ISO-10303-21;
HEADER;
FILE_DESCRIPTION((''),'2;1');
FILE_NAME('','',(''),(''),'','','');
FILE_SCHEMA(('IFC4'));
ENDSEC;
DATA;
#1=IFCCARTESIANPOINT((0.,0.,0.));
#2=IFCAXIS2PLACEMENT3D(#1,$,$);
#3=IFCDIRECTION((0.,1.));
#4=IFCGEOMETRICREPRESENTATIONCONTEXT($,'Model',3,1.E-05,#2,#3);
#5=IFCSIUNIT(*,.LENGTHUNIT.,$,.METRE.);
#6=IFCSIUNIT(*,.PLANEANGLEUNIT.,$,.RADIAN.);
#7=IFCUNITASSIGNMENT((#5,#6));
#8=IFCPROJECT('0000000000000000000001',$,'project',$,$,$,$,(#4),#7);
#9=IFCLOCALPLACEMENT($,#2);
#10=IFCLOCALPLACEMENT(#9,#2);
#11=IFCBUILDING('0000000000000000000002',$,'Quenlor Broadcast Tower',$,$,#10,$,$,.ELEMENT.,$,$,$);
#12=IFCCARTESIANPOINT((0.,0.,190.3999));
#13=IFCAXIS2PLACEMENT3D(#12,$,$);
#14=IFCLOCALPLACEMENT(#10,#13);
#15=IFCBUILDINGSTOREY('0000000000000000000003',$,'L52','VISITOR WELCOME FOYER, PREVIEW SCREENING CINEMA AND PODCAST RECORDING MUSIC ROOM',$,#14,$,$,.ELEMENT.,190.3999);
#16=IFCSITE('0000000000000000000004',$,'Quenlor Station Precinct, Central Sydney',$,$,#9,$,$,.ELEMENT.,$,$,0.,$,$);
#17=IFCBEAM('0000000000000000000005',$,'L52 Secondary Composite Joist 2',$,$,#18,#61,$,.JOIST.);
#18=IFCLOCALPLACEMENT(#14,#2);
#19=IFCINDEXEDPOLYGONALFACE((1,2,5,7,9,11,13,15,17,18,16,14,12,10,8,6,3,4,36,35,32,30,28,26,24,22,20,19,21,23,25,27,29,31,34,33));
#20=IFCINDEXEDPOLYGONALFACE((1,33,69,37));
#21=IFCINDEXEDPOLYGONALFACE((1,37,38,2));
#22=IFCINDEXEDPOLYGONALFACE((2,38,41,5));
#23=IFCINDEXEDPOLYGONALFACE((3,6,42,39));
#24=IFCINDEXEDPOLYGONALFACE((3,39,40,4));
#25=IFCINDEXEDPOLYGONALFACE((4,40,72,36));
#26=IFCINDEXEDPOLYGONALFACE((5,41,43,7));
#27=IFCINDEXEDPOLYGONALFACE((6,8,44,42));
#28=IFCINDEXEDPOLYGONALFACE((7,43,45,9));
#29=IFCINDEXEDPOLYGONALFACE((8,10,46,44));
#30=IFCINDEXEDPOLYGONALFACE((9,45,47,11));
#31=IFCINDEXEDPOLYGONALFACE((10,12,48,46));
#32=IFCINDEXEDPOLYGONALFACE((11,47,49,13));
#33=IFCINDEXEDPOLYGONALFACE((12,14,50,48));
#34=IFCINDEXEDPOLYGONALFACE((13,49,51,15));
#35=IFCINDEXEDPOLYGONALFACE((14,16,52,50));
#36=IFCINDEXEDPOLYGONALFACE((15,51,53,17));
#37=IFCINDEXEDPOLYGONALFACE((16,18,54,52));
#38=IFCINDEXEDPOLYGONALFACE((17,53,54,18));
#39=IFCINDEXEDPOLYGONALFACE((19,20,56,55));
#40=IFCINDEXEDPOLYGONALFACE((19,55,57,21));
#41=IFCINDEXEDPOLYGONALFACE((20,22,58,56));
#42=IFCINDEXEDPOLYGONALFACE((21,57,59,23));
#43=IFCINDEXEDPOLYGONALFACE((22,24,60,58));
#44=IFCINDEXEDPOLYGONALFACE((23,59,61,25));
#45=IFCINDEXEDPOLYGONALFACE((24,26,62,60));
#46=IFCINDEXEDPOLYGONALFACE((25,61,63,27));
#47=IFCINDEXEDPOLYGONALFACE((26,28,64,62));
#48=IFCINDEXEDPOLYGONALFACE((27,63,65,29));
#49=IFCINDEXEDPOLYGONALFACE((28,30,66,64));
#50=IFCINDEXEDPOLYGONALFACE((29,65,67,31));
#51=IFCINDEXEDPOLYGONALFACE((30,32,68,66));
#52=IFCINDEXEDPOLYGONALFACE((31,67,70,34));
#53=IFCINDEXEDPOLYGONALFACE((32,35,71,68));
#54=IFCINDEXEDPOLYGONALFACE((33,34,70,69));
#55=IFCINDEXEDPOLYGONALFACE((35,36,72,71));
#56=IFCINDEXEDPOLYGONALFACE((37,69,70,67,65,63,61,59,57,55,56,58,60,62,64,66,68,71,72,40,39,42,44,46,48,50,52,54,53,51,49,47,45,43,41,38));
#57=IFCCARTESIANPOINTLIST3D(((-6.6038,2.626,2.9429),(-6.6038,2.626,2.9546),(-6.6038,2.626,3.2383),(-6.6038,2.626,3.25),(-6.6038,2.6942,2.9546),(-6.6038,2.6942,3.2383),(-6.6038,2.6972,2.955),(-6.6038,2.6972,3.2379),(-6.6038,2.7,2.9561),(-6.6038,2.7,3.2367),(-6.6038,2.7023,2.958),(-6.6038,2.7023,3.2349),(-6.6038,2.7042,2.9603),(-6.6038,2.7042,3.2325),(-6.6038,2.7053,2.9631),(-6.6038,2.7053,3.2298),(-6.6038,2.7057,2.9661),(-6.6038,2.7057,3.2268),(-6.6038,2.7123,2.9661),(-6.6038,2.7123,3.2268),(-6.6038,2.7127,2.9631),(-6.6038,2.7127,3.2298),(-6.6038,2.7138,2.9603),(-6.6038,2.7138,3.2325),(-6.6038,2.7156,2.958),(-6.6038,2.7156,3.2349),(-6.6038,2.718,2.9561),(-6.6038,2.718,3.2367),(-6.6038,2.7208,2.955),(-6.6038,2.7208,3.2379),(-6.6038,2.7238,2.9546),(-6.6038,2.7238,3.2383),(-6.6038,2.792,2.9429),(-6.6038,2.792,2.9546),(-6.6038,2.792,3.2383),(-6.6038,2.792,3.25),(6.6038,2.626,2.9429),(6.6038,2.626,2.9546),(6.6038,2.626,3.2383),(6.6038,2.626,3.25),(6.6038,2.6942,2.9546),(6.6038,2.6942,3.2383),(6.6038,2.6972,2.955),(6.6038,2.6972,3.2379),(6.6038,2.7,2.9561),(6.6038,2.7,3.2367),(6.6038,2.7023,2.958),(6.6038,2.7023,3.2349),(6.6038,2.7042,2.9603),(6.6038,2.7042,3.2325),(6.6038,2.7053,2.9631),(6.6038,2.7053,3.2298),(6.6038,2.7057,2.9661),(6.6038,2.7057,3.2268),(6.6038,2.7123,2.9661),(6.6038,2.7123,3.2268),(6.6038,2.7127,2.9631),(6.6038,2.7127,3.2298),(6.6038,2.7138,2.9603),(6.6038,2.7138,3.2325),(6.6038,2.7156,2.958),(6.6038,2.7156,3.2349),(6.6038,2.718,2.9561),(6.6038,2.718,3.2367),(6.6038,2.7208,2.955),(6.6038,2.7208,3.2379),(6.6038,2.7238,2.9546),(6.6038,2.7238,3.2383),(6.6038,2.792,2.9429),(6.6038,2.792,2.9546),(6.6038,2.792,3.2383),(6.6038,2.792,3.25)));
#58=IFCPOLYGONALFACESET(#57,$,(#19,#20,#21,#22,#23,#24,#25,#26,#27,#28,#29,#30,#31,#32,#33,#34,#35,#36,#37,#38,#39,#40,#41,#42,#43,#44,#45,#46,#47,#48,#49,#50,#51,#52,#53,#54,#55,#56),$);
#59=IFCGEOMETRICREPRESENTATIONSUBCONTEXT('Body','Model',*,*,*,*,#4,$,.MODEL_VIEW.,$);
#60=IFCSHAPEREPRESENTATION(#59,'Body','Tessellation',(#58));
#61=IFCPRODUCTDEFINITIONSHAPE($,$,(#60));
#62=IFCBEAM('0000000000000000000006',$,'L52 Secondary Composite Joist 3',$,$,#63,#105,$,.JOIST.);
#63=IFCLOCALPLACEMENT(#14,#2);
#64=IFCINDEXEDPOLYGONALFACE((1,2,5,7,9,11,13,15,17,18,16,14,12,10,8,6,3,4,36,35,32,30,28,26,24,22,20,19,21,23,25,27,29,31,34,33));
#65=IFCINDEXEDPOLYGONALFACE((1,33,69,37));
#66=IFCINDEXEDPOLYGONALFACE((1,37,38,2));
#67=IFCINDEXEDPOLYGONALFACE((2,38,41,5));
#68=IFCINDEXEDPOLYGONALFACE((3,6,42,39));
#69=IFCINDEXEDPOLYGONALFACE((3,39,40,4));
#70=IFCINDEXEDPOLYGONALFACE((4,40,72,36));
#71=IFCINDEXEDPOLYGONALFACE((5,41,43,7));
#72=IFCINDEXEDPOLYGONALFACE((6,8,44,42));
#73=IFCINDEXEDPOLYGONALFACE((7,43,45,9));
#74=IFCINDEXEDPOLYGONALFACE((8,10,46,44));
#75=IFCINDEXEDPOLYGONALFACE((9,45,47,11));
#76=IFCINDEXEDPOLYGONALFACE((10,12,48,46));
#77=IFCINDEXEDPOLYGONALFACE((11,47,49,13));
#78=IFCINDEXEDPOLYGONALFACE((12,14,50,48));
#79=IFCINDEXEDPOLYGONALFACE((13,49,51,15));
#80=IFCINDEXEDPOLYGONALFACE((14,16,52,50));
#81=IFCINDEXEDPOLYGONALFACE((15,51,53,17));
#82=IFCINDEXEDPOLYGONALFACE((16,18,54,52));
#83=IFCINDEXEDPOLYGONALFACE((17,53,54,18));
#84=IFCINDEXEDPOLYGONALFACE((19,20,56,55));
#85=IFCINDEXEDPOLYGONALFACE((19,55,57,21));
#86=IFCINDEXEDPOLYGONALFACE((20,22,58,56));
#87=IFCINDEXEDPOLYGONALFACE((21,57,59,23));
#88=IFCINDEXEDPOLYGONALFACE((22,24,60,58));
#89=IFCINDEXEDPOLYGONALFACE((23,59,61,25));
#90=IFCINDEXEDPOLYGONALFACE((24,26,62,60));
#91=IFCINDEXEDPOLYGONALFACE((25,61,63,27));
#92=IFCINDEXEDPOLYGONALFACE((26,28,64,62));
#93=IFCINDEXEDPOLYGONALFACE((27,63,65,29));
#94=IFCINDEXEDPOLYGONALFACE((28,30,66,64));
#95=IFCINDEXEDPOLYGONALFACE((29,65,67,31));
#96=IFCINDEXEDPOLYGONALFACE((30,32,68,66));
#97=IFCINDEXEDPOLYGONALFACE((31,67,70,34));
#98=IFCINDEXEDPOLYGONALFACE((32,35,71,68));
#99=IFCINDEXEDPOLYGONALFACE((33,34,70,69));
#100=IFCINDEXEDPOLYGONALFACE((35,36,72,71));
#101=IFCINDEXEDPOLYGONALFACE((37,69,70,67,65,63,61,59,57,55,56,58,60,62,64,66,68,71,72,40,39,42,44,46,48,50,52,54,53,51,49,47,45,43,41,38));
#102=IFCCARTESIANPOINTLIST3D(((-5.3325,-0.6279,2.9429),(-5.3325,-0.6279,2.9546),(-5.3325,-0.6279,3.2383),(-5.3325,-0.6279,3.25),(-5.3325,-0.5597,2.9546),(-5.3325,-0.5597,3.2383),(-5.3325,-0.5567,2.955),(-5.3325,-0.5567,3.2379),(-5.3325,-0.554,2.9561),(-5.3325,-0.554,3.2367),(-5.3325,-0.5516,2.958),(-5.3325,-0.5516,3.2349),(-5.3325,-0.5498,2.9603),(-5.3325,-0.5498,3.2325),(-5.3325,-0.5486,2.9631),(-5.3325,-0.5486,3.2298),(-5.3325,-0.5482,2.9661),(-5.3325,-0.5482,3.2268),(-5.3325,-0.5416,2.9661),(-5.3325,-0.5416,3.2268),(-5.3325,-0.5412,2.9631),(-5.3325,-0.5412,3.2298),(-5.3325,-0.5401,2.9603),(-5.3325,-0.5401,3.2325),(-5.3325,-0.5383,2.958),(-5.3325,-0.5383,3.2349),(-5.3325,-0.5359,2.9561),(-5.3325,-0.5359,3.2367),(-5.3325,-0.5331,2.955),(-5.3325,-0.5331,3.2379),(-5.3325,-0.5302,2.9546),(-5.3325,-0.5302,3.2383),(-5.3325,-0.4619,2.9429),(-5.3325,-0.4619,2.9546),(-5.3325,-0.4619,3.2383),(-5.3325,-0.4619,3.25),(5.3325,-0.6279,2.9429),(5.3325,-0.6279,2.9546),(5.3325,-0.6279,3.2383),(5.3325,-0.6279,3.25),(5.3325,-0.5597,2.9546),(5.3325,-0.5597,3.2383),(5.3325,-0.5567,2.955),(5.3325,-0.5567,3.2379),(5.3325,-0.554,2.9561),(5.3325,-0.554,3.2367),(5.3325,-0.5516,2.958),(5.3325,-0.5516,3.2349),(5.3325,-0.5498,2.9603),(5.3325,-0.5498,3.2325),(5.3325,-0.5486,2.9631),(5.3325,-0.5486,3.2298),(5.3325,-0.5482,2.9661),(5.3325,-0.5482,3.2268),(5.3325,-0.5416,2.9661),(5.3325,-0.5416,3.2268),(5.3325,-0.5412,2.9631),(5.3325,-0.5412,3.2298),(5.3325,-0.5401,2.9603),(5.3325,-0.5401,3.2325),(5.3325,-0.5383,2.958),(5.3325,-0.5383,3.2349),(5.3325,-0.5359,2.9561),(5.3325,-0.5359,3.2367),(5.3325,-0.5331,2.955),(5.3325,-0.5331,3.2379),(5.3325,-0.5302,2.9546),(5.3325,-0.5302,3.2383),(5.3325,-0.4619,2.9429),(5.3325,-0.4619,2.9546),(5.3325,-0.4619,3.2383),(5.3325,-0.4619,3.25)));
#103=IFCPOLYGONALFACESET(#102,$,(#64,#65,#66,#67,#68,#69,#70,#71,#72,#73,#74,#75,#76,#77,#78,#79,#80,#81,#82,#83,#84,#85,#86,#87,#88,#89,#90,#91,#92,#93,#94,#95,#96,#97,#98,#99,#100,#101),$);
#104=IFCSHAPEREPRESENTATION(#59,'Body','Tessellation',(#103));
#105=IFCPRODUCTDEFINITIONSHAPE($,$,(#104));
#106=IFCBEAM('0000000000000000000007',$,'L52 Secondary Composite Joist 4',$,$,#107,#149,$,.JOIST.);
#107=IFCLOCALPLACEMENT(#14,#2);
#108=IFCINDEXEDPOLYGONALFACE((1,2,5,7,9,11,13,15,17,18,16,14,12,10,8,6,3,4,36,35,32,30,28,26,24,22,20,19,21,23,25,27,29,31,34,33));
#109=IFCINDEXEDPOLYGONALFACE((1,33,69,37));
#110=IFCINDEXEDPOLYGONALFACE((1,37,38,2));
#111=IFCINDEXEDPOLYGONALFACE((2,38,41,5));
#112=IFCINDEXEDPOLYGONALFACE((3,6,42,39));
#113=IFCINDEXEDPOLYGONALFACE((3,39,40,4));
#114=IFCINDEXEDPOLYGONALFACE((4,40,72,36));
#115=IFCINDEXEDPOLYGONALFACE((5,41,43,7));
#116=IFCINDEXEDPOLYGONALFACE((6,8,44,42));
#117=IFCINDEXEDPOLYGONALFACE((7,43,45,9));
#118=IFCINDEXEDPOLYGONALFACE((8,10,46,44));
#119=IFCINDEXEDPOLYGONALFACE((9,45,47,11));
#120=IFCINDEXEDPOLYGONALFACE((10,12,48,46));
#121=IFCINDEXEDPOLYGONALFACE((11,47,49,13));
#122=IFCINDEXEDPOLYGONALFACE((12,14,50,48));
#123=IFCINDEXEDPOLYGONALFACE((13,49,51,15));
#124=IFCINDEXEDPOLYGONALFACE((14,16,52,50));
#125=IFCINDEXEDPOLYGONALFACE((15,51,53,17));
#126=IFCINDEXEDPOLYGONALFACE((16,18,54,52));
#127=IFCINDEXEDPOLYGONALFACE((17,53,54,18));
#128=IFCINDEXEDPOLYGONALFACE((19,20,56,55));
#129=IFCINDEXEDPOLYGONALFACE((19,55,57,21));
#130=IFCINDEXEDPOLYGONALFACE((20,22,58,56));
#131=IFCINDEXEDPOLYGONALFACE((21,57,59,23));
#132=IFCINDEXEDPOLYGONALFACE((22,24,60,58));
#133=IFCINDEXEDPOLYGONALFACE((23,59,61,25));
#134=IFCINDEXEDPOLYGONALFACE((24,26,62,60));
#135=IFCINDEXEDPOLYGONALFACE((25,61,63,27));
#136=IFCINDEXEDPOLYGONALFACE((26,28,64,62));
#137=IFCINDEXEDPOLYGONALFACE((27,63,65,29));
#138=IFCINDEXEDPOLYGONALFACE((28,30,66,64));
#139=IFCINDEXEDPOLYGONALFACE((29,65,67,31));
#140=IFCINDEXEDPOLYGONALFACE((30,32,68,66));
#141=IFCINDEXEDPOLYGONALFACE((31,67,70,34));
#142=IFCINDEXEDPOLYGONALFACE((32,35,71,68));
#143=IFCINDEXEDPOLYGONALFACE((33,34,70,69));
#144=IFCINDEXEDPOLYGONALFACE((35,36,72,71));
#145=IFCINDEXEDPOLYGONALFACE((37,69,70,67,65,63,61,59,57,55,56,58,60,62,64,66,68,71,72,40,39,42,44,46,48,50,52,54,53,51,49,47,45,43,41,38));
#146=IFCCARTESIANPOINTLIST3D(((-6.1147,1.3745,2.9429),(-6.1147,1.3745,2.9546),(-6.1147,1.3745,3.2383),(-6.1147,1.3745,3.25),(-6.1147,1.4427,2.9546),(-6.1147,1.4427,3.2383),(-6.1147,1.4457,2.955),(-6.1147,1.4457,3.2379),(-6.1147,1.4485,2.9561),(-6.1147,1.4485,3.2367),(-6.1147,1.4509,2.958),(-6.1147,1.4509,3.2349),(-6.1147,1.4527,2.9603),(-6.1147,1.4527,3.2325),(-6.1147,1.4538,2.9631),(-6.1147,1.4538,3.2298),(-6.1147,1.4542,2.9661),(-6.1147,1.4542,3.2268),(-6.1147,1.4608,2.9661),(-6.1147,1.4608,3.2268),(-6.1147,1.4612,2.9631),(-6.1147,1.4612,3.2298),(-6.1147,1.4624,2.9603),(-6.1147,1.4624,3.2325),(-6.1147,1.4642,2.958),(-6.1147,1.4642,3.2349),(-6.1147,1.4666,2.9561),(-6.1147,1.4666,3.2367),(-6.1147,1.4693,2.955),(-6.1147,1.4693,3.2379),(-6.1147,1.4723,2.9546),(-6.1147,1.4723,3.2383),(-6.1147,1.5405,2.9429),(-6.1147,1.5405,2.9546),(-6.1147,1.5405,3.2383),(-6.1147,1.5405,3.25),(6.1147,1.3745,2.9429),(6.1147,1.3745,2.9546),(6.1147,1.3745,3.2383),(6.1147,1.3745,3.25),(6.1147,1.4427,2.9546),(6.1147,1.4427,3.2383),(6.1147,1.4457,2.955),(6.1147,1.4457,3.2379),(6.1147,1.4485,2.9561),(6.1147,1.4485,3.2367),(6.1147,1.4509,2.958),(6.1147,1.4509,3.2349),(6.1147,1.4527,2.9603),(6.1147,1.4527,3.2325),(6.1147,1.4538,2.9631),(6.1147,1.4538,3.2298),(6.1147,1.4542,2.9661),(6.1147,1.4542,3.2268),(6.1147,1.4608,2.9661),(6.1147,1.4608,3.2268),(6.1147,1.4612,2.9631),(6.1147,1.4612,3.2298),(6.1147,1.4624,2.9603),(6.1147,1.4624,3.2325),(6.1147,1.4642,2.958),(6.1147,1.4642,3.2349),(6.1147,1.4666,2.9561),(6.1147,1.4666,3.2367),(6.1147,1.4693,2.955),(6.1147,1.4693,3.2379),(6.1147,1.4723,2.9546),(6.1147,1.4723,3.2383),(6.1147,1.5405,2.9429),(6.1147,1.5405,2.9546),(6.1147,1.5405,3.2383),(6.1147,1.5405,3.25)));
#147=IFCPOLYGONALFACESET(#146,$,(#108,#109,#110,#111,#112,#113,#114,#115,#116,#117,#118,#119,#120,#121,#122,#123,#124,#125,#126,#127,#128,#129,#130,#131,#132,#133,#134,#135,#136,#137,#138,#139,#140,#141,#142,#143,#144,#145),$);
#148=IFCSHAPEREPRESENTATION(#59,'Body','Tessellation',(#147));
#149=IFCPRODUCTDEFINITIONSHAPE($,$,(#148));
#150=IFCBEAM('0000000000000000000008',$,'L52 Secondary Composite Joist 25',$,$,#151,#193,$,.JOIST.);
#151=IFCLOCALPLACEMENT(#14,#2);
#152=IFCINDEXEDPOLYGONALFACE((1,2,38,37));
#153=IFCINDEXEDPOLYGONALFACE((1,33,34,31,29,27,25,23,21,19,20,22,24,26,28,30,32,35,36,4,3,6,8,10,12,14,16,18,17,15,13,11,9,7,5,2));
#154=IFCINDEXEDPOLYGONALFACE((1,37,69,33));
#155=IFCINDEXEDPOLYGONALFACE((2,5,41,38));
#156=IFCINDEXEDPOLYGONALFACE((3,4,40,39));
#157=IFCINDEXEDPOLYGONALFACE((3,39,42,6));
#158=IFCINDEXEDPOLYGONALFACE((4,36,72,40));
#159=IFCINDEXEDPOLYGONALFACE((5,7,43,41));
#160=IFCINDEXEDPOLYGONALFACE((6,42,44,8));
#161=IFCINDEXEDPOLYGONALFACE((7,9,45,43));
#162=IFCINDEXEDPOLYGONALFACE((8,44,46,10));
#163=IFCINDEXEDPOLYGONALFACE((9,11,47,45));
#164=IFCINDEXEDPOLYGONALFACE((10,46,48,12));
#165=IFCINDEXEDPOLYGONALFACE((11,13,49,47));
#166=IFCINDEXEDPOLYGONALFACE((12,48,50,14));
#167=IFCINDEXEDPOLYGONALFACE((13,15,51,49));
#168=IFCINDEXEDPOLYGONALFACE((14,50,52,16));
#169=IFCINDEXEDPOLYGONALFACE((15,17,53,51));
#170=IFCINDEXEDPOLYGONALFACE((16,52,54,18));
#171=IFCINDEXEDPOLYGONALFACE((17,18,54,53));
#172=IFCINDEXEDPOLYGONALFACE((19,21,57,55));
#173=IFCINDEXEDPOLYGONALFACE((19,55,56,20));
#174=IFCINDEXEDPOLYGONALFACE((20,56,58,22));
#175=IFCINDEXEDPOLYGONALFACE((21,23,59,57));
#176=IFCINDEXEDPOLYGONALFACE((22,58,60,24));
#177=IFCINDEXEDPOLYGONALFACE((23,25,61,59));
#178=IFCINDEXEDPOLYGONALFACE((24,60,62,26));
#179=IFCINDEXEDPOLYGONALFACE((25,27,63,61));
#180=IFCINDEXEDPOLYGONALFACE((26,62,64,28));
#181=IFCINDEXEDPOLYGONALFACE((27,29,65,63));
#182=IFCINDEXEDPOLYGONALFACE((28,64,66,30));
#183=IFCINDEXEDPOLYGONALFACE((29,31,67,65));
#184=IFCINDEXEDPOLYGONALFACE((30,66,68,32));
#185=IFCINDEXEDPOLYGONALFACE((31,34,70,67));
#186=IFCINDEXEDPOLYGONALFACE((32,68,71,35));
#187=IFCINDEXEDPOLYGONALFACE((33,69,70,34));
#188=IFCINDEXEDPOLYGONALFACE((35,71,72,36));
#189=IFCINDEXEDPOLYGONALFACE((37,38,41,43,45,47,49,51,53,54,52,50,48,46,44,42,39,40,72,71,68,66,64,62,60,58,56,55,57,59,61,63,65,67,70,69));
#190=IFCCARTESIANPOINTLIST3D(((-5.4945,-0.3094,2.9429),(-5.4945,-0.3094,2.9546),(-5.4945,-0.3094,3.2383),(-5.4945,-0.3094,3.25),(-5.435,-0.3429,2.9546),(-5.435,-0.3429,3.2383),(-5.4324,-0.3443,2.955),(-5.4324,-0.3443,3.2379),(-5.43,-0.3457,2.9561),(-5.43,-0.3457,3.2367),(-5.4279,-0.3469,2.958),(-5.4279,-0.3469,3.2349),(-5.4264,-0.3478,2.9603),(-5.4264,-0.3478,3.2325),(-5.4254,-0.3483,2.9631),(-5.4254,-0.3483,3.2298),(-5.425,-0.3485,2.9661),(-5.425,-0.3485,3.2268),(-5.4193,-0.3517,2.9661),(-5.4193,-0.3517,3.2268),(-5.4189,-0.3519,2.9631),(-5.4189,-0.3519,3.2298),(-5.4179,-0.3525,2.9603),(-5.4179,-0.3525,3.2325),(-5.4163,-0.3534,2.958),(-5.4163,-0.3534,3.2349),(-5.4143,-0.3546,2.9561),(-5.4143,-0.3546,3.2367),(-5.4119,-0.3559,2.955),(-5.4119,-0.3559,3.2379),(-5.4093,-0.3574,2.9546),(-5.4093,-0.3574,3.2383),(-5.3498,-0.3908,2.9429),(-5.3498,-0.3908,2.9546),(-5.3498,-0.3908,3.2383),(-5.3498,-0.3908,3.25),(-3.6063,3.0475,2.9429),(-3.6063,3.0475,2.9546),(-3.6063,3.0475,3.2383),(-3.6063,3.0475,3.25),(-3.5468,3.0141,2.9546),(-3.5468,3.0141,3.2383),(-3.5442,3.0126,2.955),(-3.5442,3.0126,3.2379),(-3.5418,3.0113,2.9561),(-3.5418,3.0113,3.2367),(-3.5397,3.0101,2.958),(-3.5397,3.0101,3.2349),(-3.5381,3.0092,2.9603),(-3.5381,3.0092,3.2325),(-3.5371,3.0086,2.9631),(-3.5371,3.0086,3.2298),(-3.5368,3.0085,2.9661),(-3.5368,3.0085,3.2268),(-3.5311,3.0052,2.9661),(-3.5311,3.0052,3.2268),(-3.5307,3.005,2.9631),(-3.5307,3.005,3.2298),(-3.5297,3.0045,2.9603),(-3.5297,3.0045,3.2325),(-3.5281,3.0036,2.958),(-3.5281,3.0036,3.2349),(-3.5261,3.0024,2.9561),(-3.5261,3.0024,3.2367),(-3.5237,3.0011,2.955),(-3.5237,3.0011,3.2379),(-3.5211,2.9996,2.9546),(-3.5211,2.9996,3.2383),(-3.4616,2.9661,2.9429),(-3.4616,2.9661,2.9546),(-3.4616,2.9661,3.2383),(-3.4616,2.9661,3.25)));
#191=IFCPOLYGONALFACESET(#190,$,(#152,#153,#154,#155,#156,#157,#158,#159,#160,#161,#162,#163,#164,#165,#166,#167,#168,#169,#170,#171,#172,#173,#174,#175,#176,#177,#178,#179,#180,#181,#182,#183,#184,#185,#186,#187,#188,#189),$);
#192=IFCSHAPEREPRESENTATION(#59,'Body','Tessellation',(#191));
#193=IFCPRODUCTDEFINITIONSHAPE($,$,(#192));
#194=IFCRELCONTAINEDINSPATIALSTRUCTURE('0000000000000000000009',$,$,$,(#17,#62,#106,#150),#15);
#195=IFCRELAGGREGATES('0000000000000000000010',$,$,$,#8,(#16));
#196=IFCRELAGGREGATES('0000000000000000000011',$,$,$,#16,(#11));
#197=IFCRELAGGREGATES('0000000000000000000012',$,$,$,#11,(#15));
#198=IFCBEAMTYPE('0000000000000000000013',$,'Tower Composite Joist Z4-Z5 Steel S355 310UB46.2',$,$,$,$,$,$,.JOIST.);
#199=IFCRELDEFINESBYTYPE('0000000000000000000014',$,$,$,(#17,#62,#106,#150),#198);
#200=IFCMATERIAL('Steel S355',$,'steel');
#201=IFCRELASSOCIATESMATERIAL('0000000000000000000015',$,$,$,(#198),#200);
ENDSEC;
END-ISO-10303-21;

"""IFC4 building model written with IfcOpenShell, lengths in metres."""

from ifc_helpers import new_model, si_unit, direction, frame, origin, origin_2d, place, context, subcontext, project, spatial, i_section, extrude, material, material_profile, profile_set, type_object, element, save


model = new_model("IFC4")

# Units and contexts
model_context = context("Model", 3, precision=1e-05, world=origin(), true_north=direction((0.0, 1.0)))
body_context = subcontext(model_context, "Body", "Model", "MODEL_VIEW")
ifc_project = project(units=[si_unit("LENGTHUNIT", "METRE"), si_unit("PLANEANGLEUNIT", "RADIAN")], contexts=[model_context])

# Site, building, storey
site_placement = place(None, origin())
site = spatial("IfcSite", under=ifc_project, at=site_placement, Name="Quenlor Station Precinct, Central Sydney", CompositionType="ELEMENT", RefElevation=0.0)
building_placement = place(site_placement, origin())
building = spatial("IfcBuilding", under=site, at=building_placement, Name="Quenlor Broadcast Tower", CompositionType="ELEMENT")
storey_placement = place(building_placement, frame((0.0, 0.0, 190.3999)))
storey = spatial("IfcBuildingStorey", under=building, at=storey_placement, Name="L52", Description="VISITOR WELCOME FOYER, PREVIEW SCREENING CINEMA AND PODCAST RECORDING MUSIC ROOM", CompositionType="ELEMENT", Elevation=190.3999)

# Beams
ifc_material_1 = material(Name="Steel S355", Category="steel")
ifc_material_profile_1 = material_profile(ifc_material_1, i_section(OverallWidth=0.166, OverallDepth=0.3071, WebThickness=0.0066, FlangeThickness=0.0117, FilletRadius=0.0115, at=origin_2d()))
ifc_profile_set_1 = profile_set([ifc_material_profile_1], Name="Steel S355 310UB46.2")
beam_type_1 = type_object("IfcBeamType", Name="Tower Composite Joist Z4-Z5 Steel S355 310UB46.2", PredefinedType="JOIST", material=ifc_profile_set_1)
beam_1_placement = place(storey_placement, frame((-6.6038, 2.709, 3.0964), z_axis=(1.0, 0.0, 0.0), x_axis=(0.0, 1.0, 0.0)))
element("IfcBeam", 1, at=beam_1_placement, inside=storey, type_object=beam_type_1, Name="L52 Secondary Composite Joist 2", PredefinedType="JOIST", context=body_context, shape_type="SweptSolid", body=[
    extrude(i_section(OverallWidth=0.166, OverallDepth=0.3071, WebThickness=0.0066, FlangeThickness=0.0117, FilletRadius=0.0115, at=origin_2d()), origin(), (0.0, 0.0, 1.0), 13.2075),
])
beam_2_placement = place(storey_placement, frame((-5.3325, -0.5449, 3.0964), z_axis=(1.0, 0.0, 0.0), x_axis=(0.0, 1.0, 0.0)))
element("IfcBeam", 2, at=beam_2_placement, inside=storey, type_object=beam_type_1, Name="L52 Secondary Composite Joist 3", PredefinedType="JOIST", context=body_context, shape_type="SweptSolid", body=[
    extrude(i_section(OverallWidth=0.166, OverallDepth=0.3071, WebThickness=0.0066, FlangeThickness=0.0117, FilletRadius=0.0115, at=origin_2d()), origin(), (0.0, 0.0, 1.0), 10.665),
])
beam_3_placement = place(storey_placement, frame((-6.1147, 1.4575, 3.0964), z_axis=(1.0, 0.0, 0.0), x_axis=(0.0, 1.0, 0.0)))
element("IfcBeam", 3, at=beam_3_placement, inside=storey, type_object=beam_type_1, Name="L52 Secondary Composite Joist 4", PredefinedType="JOIST", context=body_context, shape_type="SweptSolid", body=[
    extrude(i_section(OverallWidth=0.166, OverallDepth=0.3071, WebThickness=0.0066, FlangeThickness=0.0117, FilletRadius=0.0115, at=origin_2d()), origin(), (0.0, 0.0, 1.0), 12.2295),
])
beam_4_placement = place(storey_placement, frame((-3.5339, 3.0068, 3.0964), z_axis=(-0.490243, -0.871586, 0.0), x_axis=(0.871586, -0.490243, 0.0)))
element("IfcBeam", 4, at=beam_4_placement, inside=storey, type_object=beam_type_1, Name="L52 Secondary Composite Joist 25", PredefinedType="JOIST", context=body_context, shape_type="SweptSolid", body=[
    extrude(i_section(OverallWidth=0.166, OverallDepth=0.3071, WebThickness=0.0066, FlangeThickness=0.0117, FilletRadius=0.0115, at=origin_2d()), origin(), (0.0, 0.0, 1.0), 3.8516),
])

save(model, "model.ifc")
